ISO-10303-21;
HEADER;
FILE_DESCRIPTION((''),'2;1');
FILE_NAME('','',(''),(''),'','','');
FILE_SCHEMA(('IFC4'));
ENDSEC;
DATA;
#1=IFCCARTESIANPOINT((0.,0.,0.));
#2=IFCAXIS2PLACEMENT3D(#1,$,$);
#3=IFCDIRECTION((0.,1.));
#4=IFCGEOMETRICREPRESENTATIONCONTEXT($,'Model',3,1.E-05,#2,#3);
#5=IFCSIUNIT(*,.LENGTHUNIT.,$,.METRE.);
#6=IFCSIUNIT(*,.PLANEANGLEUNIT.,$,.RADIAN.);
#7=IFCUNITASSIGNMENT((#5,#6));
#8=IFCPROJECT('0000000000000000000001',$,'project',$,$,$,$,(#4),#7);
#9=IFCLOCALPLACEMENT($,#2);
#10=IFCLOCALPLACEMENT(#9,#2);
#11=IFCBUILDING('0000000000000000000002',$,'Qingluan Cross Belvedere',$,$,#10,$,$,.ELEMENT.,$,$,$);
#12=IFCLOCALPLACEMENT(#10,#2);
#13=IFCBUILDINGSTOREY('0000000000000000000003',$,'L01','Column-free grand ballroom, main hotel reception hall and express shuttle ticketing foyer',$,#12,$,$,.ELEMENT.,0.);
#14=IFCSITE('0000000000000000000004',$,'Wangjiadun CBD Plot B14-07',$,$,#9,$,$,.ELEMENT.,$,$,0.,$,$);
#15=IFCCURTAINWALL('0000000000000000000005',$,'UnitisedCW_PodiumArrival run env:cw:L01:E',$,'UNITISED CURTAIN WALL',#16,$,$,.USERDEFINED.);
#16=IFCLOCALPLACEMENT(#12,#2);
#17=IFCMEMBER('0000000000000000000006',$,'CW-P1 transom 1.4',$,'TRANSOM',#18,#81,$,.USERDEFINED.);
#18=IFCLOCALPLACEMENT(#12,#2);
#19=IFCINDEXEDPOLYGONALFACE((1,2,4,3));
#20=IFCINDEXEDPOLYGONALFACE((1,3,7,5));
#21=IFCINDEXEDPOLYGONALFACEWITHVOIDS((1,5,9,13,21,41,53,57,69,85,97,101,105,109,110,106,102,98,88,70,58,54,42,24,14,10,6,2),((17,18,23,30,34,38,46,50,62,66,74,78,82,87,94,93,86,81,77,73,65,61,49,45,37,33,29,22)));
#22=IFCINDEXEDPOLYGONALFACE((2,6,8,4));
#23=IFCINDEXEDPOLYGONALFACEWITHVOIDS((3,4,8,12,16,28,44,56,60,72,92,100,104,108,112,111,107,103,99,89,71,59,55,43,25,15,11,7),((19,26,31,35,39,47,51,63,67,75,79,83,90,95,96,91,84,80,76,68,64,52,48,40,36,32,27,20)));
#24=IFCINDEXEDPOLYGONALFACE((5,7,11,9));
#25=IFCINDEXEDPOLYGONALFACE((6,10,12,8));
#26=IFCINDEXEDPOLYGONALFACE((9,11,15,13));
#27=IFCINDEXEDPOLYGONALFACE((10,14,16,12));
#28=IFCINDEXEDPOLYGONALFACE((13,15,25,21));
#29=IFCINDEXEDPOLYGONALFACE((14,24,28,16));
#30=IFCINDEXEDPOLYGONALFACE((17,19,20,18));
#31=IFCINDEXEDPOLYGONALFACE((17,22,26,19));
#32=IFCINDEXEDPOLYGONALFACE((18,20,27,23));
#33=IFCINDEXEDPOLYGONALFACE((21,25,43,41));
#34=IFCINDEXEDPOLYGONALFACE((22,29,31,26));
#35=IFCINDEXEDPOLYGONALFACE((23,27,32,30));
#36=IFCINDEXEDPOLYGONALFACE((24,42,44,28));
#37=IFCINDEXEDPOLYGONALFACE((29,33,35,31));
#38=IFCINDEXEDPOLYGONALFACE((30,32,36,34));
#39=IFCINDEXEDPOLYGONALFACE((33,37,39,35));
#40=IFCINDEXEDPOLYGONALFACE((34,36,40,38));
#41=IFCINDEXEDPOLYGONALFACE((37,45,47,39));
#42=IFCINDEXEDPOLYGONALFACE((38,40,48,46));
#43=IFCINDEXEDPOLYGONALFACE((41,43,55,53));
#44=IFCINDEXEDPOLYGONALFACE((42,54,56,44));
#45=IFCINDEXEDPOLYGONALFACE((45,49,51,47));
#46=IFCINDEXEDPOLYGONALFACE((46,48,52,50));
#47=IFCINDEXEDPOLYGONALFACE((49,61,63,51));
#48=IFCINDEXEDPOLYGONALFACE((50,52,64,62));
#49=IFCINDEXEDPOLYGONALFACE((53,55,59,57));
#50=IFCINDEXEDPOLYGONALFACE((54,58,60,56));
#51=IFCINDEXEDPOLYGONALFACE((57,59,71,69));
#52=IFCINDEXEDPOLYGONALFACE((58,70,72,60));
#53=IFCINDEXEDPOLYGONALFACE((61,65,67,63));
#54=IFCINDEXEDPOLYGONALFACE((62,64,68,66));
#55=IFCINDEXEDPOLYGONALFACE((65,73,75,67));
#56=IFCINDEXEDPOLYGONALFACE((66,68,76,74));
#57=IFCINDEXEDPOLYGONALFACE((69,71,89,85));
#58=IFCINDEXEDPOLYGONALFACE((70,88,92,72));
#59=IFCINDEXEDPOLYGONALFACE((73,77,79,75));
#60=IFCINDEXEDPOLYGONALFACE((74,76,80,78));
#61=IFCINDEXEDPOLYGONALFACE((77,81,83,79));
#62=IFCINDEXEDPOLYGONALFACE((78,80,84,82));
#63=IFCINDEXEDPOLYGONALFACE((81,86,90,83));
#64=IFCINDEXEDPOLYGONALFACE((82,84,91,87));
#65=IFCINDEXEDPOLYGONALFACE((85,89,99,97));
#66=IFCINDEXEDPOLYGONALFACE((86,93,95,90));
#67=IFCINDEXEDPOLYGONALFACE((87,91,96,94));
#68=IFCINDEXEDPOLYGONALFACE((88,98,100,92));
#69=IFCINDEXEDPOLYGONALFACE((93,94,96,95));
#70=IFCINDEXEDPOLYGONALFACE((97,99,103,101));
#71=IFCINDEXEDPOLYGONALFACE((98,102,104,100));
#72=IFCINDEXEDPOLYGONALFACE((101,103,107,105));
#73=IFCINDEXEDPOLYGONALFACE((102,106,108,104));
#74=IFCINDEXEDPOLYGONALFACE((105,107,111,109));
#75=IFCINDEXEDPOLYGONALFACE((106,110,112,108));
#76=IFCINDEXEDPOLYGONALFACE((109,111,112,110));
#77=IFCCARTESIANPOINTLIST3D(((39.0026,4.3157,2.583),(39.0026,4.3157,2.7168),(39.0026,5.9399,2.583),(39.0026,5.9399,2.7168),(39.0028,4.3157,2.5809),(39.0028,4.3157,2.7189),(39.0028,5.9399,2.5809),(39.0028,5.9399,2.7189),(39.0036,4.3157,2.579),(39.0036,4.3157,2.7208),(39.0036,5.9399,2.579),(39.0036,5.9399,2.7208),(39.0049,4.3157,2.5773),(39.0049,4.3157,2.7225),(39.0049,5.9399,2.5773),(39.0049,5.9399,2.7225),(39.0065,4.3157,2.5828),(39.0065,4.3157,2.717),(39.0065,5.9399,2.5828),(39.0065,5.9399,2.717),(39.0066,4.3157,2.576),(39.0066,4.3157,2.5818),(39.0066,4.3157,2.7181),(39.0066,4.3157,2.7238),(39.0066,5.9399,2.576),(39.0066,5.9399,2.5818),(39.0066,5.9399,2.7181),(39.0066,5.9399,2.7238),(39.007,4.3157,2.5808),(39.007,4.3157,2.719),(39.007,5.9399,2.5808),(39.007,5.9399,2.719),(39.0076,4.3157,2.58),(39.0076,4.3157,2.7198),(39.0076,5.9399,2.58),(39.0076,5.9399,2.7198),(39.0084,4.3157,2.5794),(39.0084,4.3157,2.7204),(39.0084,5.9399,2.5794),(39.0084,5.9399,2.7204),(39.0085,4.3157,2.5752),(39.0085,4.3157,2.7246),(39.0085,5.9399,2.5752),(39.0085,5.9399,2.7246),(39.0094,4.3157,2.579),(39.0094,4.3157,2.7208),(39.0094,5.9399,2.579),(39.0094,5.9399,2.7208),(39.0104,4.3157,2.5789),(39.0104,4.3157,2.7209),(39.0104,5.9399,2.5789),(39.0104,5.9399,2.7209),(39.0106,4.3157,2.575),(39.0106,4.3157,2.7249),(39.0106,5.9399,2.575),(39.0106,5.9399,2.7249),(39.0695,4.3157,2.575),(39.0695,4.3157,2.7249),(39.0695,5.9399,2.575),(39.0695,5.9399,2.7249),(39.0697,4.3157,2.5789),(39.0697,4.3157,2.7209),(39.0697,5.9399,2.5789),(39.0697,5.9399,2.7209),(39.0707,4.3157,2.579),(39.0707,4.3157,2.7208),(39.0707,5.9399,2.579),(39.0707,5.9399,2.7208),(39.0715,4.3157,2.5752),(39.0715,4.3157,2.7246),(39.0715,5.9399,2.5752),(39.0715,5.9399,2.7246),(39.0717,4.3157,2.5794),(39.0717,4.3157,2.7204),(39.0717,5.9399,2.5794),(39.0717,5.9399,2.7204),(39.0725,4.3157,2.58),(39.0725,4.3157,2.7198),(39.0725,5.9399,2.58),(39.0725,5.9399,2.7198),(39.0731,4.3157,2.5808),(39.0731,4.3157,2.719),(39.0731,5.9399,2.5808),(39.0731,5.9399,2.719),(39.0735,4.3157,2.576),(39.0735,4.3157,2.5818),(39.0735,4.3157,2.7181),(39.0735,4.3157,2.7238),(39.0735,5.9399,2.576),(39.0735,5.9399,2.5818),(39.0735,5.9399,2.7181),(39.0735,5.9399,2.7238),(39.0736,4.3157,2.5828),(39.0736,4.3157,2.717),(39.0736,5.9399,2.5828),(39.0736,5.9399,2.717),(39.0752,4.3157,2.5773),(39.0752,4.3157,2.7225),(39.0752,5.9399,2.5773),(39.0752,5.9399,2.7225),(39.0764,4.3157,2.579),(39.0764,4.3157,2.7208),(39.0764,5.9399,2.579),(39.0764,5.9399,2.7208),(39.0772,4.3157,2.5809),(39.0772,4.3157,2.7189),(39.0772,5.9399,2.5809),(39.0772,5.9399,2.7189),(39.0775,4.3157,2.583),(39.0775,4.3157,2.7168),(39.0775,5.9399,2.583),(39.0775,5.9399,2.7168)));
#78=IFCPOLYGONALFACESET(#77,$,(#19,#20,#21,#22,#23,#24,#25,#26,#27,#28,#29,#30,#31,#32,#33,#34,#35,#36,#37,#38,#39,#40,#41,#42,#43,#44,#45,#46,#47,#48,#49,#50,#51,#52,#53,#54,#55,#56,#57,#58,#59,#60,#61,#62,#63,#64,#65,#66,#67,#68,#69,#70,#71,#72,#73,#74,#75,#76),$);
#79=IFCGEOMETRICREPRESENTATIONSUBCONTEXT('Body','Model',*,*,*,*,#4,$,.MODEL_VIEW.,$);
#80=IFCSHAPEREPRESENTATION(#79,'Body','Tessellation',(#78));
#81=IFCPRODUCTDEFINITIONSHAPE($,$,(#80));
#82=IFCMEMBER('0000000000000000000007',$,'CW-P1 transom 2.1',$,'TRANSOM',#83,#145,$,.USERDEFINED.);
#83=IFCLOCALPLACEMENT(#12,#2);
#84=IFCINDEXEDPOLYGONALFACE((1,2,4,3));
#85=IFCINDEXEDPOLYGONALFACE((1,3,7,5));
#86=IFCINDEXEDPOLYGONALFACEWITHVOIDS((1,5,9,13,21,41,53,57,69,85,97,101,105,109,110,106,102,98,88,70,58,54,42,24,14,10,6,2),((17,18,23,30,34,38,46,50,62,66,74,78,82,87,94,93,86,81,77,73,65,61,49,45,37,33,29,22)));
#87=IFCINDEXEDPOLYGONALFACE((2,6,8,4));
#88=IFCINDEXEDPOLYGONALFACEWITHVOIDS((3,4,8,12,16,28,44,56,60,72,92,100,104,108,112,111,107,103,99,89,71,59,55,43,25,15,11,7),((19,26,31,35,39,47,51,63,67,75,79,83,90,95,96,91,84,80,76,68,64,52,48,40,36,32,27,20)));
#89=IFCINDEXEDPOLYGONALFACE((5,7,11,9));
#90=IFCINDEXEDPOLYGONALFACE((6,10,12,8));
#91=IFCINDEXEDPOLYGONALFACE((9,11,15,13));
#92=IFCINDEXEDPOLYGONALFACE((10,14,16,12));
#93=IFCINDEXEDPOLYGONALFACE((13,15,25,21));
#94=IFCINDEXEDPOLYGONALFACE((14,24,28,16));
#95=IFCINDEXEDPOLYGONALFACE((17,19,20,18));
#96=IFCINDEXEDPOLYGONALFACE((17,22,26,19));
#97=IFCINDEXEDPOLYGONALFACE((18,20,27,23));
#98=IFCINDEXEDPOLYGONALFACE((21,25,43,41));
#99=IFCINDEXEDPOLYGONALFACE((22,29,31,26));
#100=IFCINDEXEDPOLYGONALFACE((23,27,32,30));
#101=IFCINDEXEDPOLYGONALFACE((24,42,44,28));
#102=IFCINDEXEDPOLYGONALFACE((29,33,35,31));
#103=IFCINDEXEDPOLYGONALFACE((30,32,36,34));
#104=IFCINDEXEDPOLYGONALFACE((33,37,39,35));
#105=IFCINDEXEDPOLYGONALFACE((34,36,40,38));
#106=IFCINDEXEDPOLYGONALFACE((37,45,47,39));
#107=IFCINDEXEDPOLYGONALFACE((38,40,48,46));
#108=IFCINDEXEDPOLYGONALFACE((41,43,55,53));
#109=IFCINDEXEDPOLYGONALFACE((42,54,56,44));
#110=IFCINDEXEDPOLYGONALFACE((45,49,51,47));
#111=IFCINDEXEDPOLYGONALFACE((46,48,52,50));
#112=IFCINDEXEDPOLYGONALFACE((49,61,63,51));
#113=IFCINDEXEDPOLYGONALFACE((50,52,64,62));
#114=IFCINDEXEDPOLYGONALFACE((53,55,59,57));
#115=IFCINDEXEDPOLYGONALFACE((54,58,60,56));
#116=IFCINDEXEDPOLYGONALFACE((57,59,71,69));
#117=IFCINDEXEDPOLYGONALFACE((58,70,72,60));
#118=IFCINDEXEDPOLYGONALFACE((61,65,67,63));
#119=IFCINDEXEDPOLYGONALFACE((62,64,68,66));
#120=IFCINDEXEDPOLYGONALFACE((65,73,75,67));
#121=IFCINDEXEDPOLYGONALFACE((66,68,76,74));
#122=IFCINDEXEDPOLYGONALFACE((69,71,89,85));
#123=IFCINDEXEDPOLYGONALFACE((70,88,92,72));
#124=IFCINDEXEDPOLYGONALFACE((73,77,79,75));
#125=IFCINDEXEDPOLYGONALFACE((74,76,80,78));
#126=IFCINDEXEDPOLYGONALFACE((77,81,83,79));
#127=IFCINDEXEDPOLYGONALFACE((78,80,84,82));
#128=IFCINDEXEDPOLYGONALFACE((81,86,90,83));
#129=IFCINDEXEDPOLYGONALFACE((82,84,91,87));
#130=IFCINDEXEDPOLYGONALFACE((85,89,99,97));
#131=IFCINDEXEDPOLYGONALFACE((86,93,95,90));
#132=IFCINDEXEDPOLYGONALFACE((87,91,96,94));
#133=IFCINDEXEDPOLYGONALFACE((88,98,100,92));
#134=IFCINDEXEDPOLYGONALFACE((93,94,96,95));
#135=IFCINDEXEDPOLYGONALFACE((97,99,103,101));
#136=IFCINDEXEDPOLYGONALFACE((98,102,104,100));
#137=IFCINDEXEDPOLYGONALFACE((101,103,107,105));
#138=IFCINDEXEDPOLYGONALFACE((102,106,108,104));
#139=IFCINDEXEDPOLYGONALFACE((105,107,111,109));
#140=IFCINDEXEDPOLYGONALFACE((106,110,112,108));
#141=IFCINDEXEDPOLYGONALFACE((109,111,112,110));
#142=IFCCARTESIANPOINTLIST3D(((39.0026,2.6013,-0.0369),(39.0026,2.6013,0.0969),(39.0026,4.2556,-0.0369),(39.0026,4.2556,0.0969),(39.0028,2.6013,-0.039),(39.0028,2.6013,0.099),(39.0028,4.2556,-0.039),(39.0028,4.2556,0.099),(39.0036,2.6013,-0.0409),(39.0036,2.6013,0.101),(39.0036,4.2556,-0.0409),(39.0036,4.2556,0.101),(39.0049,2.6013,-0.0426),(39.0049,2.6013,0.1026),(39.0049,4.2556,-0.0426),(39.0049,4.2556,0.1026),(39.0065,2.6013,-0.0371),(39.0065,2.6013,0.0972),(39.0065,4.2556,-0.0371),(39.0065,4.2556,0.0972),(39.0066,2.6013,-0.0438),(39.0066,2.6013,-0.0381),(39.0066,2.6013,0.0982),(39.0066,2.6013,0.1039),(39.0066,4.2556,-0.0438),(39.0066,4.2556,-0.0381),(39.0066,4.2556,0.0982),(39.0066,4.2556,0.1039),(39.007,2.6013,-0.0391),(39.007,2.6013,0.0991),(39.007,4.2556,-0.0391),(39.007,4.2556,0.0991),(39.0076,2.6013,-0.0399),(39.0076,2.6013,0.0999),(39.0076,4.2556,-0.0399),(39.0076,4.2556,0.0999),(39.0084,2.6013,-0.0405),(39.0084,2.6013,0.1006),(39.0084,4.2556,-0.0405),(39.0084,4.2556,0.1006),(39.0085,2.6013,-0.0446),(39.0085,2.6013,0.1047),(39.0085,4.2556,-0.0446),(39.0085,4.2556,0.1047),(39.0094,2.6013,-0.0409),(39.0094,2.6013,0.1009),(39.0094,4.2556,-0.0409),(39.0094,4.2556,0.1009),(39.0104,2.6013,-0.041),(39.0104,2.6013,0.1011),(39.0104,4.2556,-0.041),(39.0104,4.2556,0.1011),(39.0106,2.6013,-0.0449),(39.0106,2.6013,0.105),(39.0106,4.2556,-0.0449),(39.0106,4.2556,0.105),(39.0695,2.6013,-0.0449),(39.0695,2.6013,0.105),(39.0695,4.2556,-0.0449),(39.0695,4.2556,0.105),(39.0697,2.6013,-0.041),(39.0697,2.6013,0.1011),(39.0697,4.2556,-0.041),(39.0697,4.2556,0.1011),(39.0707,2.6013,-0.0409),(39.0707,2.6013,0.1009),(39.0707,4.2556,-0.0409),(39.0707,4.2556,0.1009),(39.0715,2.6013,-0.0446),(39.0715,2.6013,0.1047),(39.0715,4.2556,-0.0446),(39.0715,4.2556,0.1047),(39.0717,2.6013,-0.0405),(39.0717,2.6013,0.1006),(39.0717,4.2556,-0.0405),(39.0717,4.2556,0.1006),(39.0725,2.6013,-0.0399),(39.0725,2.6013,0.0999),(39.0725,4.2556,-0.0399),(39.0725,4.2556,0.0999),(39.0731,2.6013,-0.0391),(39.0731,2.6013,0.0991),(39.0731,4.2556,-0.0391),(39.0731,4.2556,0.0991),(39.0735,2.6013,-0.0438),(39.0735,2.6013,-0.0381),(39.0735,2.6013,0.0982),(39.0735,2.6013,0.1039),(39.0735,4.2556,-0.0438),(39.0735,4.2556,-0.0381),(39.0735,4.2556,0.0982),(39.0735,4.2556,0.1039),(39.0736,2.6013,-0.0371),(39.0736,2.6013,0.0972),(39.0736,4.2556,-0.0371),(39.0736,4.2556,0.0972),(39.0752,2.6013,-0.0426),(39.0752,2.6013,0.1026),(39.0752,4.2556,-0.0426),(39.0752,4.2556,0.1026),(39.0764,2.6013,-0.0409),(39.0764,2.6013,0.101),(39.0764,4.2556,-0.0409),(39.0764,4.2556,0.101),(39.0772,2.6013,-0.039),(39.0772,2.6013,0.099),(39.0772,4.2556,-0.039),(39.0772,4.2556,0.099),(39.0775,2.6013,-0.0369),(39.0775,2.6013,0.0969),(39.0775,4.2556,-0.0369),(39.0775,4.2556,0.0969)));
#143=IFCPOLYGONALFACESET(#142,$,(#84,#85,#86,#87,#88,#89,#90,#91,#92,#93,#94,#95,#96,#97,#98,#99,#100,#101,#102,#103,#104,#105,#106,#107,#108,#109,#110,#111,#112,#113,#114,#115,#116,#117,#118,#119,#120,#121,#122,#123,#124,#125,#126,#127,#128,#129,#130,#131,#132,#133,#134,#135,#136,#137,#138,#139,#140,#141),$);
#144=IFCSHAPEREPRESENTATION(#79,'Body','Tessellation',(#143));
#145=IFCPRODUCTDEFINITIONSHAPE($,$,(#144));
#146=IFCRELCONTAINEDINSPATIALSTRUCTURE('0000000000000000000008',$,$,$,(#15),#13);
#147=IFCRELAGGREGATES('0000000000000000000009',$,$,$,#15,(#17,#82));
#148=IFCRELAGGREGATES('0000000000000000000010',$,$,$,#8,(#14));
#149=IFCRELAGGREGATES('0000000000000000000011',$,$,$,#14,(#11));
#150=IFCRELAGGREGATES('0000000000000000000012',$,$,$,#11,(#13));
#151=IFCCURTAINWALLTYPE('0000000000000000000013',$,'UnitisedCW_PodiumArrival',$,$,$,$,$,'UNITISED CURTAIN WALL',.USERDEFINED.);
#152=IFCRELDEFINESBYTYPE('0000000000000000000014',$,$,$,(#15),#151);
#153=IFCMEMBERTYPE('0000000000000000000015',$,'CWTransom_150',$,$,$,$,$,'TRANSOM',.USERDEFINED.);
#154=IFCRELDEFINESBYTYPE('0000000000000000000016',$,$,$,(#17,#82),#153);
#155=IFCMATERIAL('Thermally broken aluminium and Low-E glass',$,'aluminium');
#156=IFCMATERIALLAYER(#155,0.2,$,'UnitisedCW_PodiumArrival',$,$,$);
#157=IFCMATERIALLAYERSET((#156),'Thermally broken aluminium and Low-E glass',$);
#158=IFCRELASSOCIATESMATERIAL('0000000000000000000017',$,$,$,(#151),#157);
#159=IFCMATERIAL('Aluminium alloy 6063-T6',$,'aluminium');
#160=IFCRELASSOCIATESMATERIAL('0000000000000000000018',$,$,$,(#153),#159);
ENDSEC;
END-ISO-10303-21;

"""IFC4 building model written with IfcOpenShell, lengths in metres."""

from ifc_helpers import new_model, si_unit, direction, frame, origin, origin_2d, place, context, subcontext, project, spatial, hollow_rectangle, extrude, material, layer, layer_set, material_profile, profile_set, type_object, element, aggregate, save


model = new_model("IFC4")

# Units and contexts
model_context = context("Model", 3, precision=1e-05, world=origin(), true_north=direction((0.0, 1.0)))
body_context = subcontext(model_context, "Body", "Model", "MODEL_VIEW")
ifc_project = project(units=[si_unit("LENGTHUNIT", "METRE"), si_unit("PLANEANGLEUNIT", "RADIAN")], contexts=[model_context])

# Site, building, storey
site_placement = place(None, origin())
site = spatial("IfcSite", under=ifc_project, at=site_placement, Name="Wangjiadun CBD Plot B14-07", CompositionType="ELEMENT", RefElevation=0.0)
building_placement = place(site_placement, origin())
building = spatial("IfcBuilding", under=site, at=building_placement, Name="Qingluan Cross Belvedere", CompositionType="ELEMENT")
storey_placement = place(building_placement, origin())
storey = spatial("IfcBuildingStorey", under=building, at=storey_placement, Name="L01", Description="Column-free grand ballroom, main hotel reception hall and express shuttle ticketing foyer", CompositionType="ELEMENT", Elevation=0.0)

# Curtain wall, members
ifc_material_1 = material(Name="Thermally broken aluminium and Low-E glass", Category="aluminium")
ifc_layer_1 = layer(ifc_material_1, 0.2, Name="UnitisedCW_PodiumArrival")
ifc_layer_set_1 = layer_set([ifc_layer_1], Name="Thermally broken aluminium and Low-E glass")
curtain_wall_type = type_object("IfcCurtainWallType", Name="UnitisedCW_PodiumArrival", ElementType="UNITISED CURTAIN WALL", PredefinedType="USERDEFINED", material=ifc_layer_set_1)
curtain_wall_placement = place(storey_placement, origin())
curtain_wall = element("IfcCurtainWall", 1, at=curtain_wall_placement, inside=storey, type_object=curtain_wall_type, Name="UnitisedCW_PodiumArrival run env:cw:L01:E", ObjectType="UNITISED CURTAIN WALL", PredefinedType="USERDEFINED")
ifc_material_2 = material(Name="Aluminium alloy 6063-T6", Category="aluminium")
ifc_material_profile_1 = material_profile(ifc_material_2, hollow_rectangle(XDim=0.075, YDim=0.1499, WallThickness=0.0039, InnerFilletRadius=0.0039, OuterFilletRadius=0.0081, at=origin_2d()), Name="CWT150x75x4")
ifc_profile_set_1 = profile_set([ifc_material_profile_1], Name="Aluminium alloy 6063-T6")
member_type_1 = type_object("IfcMemberType", Name="CWTransom_150", ElementType="TRANSOM", PredefinedType="USERDEFINED", material=ifc_profile_set_1)
member_1_placement = place(storey_placement, frame((39.04, 5.9399, 2.6499), z_axis=(0.0, -1.0, 0.0), x_axis=(1.0, 0.0, 0.0)))
member_1 = element("IfcMember", 2, at=member_1_placement, type_object=member_type_1, Name="CW-P1 transom 1.4", ObjectType="TRANSOM", PredefinedType="USERDEFINED", context=body_context, shape_type="SweptSolid", body=[
    extrude(hollow_rectangle(XDim=0.075, YDim=0.1499, WallThickness=0.0039, InnerFilletRadius=0.0039, OuterFilletRadius=0.0081, at=origin_2d()), origin(), (0.0, 0.0, 1.0), 1.6243),
])
member_2_placement = place(storey_placement, frame((39.04, 4.2556, 0.03), z_axis=(0.0, -1.0, 0.0), x_axis=(1.0, 0.0, 0.0)))
member_2 = element("IfcMember", 3, at=member_2_placement, type_object=member_type_1, Name="CW-P1 transom 2.1", ObjectType="TRANSOM", PredefinedType="USERDEFINED", context=body_context, shape_type="SweptSolid", body=[
    extrude(hollow_rectangle(XDim=0.075, YDim=0.1499, WallThickness=0.0039, InnerFilletRadius=0.0039, OuterFilletRadius=0.0081, at=origin_2d()), origin(), (0.0, 0.0, 1.0), 1.6543),
])
aggregate(curtain_wall, [member_1, member_2])

save(model, "model.ifc")
